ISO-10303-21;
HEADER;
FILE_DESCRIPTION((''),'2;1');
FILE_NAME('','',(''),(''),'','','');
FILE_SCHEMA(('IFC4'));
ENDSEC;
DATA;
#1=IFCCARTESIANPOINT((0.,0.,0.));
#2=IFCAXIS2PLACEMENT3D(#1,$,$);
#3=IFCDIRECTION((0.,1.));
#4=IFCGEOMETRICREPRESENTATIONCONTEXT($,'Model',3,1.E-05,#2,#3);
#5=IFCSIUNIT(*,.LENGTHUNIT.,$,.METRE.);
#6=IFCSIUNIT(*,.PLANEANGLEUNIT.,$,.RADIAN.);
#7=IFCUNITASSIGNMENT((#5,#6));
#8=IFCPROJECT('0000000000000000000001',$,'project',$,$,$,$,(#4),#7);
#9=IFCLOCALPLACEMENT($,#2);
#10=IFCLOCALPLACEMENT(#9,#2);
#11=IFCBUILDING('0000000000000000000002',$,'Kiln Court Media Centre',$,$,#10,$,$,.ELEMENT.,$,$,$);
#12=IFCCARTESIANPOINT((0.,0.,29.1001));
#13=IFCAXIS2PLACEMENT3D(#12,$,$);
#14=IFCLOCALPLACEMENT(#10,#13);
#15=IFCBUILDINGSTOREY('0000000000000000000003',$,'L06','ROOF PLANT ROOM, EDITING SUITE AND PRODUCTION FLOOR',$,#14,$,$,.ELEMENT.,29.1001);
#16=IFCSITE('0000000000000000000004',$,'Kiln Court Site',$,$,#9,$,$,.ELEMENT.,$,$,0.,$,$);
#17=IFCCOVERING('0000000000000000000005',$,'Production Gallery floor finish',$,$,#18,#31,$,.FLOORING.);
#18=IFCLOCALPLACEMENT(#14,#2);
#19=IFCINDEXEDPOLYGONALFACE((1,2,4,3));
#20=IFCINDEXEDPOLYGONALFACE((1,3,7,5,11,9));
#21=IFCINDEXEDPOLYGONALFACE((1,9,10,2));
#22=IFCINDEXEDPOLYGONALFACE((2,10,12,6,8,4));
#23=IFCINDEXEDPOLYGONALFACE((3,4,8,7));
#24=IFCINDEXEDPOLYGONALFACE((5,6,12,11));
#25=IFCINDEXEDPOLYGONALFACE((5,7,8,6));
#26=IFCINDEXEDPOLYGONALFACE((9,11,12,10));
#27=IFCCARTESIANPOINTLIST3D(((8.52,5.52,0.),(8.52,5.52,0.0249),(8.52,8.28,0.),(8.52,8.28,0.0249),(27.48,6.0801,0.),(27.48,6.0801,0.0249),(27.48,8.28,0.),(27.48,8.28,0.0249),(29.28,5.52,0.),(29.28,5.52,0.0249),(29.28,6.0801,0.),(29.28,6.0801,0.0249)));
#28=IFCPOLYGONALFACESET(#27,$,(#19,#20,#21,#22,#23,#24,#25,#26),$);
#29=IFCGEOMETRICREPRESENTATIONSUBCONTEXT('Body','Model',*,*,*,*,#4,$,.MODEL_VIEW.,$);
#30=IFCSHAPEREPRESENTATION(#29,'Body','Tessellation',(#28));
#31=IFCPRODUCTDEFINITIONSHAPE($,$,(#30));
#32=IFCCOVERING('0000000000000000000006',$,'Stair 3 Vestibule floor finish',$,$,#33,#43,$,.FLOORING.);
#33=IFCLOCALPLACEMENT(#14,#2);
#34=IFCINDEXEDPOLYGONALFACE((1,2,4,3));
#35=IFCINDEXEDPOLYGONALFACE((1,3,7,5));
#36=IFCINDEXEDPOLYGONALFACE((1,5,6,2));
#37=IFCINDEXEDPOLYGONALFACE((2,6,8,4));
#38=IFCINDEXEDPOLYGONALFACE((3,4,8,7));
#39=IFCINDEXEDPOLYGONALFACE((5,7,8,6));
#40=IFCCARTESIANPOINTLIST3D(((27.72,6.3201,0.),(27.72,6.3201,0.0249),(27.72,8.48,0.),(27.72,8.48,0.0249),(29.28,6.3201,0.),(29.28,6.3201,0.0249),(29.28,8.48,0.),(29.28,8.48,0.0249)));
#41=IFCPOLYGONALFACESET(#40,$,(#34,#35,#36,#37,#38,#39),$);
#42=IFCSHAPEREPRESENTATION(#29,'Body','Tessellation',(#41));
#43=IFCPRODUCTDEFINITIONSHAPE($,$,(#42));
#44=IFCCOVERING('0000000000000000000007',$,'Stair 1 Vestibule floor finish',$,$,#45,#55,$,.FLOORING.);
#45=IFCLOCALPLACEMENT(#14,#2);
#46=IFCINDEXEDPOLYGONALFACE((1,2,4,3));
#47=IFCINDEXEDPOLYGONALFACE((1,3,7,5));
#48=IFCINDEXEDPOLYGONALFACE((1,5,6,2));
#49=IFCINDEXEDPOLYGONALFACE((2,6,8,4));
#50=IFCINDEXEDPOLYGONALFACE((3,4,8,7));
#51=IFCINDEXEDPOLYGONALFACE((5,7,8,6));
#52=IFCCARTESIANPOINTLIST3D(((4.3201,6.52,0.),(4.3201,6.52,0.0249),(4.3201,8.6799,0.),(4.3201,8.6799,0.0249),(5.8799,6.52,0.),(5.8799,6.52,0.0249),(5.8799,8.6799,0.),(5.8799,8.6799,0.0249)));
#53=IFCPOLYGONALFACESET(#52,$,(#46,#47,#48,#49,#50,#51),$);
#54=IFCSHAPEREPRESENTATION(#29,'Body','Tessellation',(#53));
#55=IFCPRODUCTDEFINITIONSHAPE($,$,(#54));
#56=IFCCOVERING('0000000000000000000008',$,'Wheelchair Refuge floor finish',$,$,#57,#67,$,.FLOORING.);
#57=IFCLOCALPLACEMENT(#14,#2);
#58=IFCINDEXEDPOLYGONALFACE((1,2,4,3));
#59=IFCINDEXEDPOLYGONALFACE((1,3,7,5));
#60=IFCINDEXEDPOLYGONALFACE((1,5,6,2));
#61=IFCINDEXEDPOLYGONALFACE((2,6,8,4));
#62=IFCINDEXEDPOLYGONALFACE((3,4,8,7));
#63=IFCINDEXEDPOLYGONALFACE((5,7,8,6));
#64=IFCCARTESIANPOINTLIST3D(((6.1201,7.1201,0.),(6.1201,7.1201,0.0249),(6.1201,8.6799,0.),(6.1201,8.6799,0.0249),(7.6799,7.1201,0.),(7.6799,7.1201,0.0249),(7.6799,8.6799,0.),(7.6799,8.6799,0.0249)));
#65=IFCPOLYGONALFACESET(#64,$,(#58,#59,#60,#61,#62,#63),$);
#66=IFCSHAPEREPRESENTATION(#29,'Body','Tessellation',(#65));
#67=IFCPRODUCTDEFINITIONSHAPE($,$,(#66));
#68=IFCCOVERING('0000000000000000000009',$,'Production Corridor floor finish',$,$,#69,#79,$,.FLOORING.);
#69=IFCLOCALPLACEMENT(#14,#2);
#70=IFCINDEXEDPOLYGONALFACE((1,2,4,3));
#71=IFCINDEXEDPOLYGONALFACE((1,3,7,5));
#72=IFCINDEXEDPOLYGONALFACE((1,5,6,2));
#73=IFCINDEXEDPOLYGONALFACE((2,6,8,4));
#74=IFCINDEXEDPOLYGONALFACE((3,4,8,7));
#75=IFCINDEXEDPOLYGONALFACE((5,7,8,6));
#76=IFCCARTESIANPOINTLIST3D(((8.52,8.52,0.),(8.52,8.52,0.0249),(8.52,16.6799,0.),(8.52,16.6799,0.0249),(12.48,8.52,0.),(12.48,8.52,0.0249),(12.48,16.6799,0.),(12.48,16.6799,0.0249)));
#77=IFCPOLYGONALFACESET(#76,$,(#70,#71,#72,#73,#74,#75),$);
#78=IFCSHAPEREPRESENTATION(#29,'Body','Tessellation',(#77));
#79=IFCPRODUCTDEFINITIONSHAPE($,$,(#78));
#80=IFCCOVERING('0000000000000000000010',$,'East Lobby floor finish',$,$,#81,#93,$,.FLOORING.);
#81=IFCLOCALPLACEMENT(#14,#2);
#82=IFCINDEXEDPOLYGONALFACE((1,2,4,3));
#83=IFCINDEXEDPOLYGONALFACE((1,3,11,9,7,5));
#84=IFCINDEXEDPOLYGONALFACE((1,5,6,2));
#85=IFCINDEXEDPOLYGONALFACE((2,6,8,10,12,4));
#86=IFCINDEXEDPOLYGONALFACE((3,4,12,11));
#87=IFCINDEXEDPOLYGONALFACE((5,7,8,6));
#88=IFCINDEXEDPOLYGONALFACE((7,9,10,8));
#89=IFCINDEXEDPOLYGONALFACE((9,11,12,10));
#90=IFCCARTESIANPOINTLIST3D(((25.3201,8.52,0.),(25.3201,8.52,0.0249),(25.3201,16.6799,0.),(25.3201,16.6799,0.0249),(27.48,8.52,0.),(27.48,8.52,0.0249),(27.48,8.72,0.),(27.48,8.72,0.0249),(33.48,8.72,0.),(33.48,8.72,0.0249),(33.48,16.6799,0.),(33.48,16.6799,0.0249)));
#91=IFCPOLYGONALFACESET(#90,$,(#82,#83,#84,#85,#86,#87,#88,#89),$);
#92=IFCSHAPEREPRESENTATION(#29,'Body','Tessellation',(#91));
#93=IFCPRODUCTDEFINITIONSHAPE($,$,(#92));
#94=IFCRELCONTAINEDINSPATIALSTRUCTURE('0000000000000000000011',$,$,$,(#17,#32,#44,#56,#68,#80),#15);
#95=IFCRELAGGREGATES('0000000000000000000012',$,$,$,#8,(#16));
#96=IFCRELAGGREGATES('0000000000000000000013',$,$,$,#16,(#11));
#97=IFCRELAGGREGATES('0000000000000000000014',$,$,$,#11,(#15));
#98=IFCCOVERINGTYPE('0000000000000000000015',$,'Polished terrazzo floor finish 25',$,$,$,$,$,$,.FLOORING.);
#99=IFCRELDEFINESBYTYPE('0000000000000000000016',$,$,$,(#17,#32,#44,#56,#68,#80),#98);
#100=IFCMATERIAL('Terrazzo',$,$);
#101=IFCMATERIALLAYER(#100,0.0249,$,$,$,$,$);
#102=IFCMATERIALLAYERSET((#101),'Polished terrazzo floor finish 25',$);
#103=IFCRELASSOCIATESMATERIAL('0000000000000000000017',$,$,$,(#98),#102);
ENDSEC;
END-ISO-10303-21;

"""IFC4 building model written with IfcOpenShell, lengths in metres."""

from ifc_helpers import new_model, si_unit, direction, frame, origin, place, context, subcontext, project, spatial, polyline, outline, extrude, material, layer, layer_set, type_object, element, save


model = new_model("IFC4")

# Units and contexts
model_context = context("Model", 3, precision=1e-05, world=origin(), true_north=direction((0.0, 1.0)))
body_context = subcontext(model_context, "Body", "Model", "MODEL_VIEW")
ifc_project = project(units=[si_unit("LENGTHUNIT", "METRE"), si_unit("PLANEANGLEUNIT", "RADIAN")], contexts=[model_context])

# Site, building, storey
site_placement = place(None, origin())
site = spatial("IfcSite", under=ifc_project, at=site_placement, Name="Kiln Court Site", CompositionType="ELEMENT", RefElevation=0.0)
building_placement = place(site_placement, origin())
building = spatial("IfcBuilding", under=site, at=building_placement, Name="Kiln Court Media Centre", CompositionType="ELEMENT")
storey_placement = place(building_placement, frame((0.0, 0.0, 29.1001)))
storey = spatial("IfcBuildingStorey", under=building, at=storey_placement, Name="L06", Description="ROOF PLANT ROOM, EDITING SUITE AND PRODUCTION FLOOR", CompositionType="ELEMENT", Elevation=29.1001)

# Coverings
ifc_material_1 = material(Name="Terrazzo")
ifc_layer_1 = layer(ifc_material_1, 0.0249)
ifc_layer_set_1 = layer_set([ifc_layer_1], Name="Polished terrazzo floor finish 25")
covering_type = type_object("IfcCoveringType", Name="Polished terrazzo floor finish 25", PredefinedType="FLOORING", material=ifc_layer_set_1)
covering_1_placement = place(storey_placement, origin())
element("IfcCovering", 1, at=covering_1_placement, inside=storey, type_object=covering_type, Name="Production Gallery floor finish", PredefinedType="FLOORING", context=body_context, shape_type="SweptSolid", body=[
    extrude(outline(polyline([(29.28, 5.52), (29.28, 6.0801), (27.48, 6.0801), (27.48, 8.28), (8.52, 8.28), (8.52, 5.52), (29.28, 5.52)])), origin(), (0.0, 0.0, 1.0), 0.0249),
])
covering_2_placement = place(storey_placement, origin())
element("IfcCovering", 2, at=covering_2_placement, inside=storey, type_object=covering_type, Name="Stair 3 Vestibule floor finish", PredefinedType="FLOORING", context=body_context, shape_type="SweptSolid", body=[
    extrude(outline(polyline([(27.72, 6.3201), (29.28, 6.3201), (29.28, 8.48), (27.72, 8.48), (27.72, 6.3201)])), origin(), (0.0, 0.0, 1.0), 0.0249),
])
covering_3_placement = place(storey_placement, origin())
element("IfcCovering", 3, at=covering_3_placement, inside=storey, type_object=covering_type, Name="Stair 1 Vestibule floor finish", PredefinedType="FLOORING", context=body_context, shape_type="SweptSolid", body=[
    extrude(outline(polyline([(4.3201, 6.52), (5.8799, 6.52), (5.8799, 8.6799), (4.3201, 8.6799), (4.3201, 6.52)])), origin(), (0.0, 0.0, 1.0), 0.0249),
])
covering_4_placement = place(storey_placement, origin())
element("IfcCovering", 4, at=covering_4_placement, inside=storey, type_object=covering_type, Name="Wheelchair Refuge floor finish", PredefinedType="FLOORING", context=body_context, shape_type="SweptSolid", body=[
    extrude(outline(polyline([(6.1201, 7.1201), (7.6799, 7.1201), (7.6799, 8.6799), (6.1201, 8.6799), (6.1201, 7.1201)])), origin(), (0.0, 0.0, 1.0), 0.0249),
])
covering_5_placement = place(storey_placement, origin())
element("IfcCovering", 5, at=covering_5_placement, inside=storey, type_object=covering_type, Name="Production Corridor floor finish", PredefinedType="FLOORING", context=body_context, shape_type="SweptSolid", body=[
    extrude(outline(polyline([(8.52, 8.52), (12.48, 8.52), (12.48, 16.6799), (8.52, 16.6799), (8.52, 8.52)])), origin(), (0.0, 0.0, 1.0), 0.0249),
])
covering_6_placement = place(storey_placement, origin())
element("IfcCovering", 6, at=covering_6_placement, inside=storey, type_object=covering_type, Name="East Lobby floor finish", PredefinedType="FLOORING", context=body_context, shape_type="SweptSolid", body=[
    extrude(outline(polyline([(25.3201, 8.52), (27.48, 8.52), (27.48, 8.72), (33.48, 8.72), (33.48, 16.6799), (25.3201, 16.6799), (25.3201, 8.52)])), origin(), (0.0, 0.0, 1.0), 0.0249),
])

save(model, "model.ifc")
